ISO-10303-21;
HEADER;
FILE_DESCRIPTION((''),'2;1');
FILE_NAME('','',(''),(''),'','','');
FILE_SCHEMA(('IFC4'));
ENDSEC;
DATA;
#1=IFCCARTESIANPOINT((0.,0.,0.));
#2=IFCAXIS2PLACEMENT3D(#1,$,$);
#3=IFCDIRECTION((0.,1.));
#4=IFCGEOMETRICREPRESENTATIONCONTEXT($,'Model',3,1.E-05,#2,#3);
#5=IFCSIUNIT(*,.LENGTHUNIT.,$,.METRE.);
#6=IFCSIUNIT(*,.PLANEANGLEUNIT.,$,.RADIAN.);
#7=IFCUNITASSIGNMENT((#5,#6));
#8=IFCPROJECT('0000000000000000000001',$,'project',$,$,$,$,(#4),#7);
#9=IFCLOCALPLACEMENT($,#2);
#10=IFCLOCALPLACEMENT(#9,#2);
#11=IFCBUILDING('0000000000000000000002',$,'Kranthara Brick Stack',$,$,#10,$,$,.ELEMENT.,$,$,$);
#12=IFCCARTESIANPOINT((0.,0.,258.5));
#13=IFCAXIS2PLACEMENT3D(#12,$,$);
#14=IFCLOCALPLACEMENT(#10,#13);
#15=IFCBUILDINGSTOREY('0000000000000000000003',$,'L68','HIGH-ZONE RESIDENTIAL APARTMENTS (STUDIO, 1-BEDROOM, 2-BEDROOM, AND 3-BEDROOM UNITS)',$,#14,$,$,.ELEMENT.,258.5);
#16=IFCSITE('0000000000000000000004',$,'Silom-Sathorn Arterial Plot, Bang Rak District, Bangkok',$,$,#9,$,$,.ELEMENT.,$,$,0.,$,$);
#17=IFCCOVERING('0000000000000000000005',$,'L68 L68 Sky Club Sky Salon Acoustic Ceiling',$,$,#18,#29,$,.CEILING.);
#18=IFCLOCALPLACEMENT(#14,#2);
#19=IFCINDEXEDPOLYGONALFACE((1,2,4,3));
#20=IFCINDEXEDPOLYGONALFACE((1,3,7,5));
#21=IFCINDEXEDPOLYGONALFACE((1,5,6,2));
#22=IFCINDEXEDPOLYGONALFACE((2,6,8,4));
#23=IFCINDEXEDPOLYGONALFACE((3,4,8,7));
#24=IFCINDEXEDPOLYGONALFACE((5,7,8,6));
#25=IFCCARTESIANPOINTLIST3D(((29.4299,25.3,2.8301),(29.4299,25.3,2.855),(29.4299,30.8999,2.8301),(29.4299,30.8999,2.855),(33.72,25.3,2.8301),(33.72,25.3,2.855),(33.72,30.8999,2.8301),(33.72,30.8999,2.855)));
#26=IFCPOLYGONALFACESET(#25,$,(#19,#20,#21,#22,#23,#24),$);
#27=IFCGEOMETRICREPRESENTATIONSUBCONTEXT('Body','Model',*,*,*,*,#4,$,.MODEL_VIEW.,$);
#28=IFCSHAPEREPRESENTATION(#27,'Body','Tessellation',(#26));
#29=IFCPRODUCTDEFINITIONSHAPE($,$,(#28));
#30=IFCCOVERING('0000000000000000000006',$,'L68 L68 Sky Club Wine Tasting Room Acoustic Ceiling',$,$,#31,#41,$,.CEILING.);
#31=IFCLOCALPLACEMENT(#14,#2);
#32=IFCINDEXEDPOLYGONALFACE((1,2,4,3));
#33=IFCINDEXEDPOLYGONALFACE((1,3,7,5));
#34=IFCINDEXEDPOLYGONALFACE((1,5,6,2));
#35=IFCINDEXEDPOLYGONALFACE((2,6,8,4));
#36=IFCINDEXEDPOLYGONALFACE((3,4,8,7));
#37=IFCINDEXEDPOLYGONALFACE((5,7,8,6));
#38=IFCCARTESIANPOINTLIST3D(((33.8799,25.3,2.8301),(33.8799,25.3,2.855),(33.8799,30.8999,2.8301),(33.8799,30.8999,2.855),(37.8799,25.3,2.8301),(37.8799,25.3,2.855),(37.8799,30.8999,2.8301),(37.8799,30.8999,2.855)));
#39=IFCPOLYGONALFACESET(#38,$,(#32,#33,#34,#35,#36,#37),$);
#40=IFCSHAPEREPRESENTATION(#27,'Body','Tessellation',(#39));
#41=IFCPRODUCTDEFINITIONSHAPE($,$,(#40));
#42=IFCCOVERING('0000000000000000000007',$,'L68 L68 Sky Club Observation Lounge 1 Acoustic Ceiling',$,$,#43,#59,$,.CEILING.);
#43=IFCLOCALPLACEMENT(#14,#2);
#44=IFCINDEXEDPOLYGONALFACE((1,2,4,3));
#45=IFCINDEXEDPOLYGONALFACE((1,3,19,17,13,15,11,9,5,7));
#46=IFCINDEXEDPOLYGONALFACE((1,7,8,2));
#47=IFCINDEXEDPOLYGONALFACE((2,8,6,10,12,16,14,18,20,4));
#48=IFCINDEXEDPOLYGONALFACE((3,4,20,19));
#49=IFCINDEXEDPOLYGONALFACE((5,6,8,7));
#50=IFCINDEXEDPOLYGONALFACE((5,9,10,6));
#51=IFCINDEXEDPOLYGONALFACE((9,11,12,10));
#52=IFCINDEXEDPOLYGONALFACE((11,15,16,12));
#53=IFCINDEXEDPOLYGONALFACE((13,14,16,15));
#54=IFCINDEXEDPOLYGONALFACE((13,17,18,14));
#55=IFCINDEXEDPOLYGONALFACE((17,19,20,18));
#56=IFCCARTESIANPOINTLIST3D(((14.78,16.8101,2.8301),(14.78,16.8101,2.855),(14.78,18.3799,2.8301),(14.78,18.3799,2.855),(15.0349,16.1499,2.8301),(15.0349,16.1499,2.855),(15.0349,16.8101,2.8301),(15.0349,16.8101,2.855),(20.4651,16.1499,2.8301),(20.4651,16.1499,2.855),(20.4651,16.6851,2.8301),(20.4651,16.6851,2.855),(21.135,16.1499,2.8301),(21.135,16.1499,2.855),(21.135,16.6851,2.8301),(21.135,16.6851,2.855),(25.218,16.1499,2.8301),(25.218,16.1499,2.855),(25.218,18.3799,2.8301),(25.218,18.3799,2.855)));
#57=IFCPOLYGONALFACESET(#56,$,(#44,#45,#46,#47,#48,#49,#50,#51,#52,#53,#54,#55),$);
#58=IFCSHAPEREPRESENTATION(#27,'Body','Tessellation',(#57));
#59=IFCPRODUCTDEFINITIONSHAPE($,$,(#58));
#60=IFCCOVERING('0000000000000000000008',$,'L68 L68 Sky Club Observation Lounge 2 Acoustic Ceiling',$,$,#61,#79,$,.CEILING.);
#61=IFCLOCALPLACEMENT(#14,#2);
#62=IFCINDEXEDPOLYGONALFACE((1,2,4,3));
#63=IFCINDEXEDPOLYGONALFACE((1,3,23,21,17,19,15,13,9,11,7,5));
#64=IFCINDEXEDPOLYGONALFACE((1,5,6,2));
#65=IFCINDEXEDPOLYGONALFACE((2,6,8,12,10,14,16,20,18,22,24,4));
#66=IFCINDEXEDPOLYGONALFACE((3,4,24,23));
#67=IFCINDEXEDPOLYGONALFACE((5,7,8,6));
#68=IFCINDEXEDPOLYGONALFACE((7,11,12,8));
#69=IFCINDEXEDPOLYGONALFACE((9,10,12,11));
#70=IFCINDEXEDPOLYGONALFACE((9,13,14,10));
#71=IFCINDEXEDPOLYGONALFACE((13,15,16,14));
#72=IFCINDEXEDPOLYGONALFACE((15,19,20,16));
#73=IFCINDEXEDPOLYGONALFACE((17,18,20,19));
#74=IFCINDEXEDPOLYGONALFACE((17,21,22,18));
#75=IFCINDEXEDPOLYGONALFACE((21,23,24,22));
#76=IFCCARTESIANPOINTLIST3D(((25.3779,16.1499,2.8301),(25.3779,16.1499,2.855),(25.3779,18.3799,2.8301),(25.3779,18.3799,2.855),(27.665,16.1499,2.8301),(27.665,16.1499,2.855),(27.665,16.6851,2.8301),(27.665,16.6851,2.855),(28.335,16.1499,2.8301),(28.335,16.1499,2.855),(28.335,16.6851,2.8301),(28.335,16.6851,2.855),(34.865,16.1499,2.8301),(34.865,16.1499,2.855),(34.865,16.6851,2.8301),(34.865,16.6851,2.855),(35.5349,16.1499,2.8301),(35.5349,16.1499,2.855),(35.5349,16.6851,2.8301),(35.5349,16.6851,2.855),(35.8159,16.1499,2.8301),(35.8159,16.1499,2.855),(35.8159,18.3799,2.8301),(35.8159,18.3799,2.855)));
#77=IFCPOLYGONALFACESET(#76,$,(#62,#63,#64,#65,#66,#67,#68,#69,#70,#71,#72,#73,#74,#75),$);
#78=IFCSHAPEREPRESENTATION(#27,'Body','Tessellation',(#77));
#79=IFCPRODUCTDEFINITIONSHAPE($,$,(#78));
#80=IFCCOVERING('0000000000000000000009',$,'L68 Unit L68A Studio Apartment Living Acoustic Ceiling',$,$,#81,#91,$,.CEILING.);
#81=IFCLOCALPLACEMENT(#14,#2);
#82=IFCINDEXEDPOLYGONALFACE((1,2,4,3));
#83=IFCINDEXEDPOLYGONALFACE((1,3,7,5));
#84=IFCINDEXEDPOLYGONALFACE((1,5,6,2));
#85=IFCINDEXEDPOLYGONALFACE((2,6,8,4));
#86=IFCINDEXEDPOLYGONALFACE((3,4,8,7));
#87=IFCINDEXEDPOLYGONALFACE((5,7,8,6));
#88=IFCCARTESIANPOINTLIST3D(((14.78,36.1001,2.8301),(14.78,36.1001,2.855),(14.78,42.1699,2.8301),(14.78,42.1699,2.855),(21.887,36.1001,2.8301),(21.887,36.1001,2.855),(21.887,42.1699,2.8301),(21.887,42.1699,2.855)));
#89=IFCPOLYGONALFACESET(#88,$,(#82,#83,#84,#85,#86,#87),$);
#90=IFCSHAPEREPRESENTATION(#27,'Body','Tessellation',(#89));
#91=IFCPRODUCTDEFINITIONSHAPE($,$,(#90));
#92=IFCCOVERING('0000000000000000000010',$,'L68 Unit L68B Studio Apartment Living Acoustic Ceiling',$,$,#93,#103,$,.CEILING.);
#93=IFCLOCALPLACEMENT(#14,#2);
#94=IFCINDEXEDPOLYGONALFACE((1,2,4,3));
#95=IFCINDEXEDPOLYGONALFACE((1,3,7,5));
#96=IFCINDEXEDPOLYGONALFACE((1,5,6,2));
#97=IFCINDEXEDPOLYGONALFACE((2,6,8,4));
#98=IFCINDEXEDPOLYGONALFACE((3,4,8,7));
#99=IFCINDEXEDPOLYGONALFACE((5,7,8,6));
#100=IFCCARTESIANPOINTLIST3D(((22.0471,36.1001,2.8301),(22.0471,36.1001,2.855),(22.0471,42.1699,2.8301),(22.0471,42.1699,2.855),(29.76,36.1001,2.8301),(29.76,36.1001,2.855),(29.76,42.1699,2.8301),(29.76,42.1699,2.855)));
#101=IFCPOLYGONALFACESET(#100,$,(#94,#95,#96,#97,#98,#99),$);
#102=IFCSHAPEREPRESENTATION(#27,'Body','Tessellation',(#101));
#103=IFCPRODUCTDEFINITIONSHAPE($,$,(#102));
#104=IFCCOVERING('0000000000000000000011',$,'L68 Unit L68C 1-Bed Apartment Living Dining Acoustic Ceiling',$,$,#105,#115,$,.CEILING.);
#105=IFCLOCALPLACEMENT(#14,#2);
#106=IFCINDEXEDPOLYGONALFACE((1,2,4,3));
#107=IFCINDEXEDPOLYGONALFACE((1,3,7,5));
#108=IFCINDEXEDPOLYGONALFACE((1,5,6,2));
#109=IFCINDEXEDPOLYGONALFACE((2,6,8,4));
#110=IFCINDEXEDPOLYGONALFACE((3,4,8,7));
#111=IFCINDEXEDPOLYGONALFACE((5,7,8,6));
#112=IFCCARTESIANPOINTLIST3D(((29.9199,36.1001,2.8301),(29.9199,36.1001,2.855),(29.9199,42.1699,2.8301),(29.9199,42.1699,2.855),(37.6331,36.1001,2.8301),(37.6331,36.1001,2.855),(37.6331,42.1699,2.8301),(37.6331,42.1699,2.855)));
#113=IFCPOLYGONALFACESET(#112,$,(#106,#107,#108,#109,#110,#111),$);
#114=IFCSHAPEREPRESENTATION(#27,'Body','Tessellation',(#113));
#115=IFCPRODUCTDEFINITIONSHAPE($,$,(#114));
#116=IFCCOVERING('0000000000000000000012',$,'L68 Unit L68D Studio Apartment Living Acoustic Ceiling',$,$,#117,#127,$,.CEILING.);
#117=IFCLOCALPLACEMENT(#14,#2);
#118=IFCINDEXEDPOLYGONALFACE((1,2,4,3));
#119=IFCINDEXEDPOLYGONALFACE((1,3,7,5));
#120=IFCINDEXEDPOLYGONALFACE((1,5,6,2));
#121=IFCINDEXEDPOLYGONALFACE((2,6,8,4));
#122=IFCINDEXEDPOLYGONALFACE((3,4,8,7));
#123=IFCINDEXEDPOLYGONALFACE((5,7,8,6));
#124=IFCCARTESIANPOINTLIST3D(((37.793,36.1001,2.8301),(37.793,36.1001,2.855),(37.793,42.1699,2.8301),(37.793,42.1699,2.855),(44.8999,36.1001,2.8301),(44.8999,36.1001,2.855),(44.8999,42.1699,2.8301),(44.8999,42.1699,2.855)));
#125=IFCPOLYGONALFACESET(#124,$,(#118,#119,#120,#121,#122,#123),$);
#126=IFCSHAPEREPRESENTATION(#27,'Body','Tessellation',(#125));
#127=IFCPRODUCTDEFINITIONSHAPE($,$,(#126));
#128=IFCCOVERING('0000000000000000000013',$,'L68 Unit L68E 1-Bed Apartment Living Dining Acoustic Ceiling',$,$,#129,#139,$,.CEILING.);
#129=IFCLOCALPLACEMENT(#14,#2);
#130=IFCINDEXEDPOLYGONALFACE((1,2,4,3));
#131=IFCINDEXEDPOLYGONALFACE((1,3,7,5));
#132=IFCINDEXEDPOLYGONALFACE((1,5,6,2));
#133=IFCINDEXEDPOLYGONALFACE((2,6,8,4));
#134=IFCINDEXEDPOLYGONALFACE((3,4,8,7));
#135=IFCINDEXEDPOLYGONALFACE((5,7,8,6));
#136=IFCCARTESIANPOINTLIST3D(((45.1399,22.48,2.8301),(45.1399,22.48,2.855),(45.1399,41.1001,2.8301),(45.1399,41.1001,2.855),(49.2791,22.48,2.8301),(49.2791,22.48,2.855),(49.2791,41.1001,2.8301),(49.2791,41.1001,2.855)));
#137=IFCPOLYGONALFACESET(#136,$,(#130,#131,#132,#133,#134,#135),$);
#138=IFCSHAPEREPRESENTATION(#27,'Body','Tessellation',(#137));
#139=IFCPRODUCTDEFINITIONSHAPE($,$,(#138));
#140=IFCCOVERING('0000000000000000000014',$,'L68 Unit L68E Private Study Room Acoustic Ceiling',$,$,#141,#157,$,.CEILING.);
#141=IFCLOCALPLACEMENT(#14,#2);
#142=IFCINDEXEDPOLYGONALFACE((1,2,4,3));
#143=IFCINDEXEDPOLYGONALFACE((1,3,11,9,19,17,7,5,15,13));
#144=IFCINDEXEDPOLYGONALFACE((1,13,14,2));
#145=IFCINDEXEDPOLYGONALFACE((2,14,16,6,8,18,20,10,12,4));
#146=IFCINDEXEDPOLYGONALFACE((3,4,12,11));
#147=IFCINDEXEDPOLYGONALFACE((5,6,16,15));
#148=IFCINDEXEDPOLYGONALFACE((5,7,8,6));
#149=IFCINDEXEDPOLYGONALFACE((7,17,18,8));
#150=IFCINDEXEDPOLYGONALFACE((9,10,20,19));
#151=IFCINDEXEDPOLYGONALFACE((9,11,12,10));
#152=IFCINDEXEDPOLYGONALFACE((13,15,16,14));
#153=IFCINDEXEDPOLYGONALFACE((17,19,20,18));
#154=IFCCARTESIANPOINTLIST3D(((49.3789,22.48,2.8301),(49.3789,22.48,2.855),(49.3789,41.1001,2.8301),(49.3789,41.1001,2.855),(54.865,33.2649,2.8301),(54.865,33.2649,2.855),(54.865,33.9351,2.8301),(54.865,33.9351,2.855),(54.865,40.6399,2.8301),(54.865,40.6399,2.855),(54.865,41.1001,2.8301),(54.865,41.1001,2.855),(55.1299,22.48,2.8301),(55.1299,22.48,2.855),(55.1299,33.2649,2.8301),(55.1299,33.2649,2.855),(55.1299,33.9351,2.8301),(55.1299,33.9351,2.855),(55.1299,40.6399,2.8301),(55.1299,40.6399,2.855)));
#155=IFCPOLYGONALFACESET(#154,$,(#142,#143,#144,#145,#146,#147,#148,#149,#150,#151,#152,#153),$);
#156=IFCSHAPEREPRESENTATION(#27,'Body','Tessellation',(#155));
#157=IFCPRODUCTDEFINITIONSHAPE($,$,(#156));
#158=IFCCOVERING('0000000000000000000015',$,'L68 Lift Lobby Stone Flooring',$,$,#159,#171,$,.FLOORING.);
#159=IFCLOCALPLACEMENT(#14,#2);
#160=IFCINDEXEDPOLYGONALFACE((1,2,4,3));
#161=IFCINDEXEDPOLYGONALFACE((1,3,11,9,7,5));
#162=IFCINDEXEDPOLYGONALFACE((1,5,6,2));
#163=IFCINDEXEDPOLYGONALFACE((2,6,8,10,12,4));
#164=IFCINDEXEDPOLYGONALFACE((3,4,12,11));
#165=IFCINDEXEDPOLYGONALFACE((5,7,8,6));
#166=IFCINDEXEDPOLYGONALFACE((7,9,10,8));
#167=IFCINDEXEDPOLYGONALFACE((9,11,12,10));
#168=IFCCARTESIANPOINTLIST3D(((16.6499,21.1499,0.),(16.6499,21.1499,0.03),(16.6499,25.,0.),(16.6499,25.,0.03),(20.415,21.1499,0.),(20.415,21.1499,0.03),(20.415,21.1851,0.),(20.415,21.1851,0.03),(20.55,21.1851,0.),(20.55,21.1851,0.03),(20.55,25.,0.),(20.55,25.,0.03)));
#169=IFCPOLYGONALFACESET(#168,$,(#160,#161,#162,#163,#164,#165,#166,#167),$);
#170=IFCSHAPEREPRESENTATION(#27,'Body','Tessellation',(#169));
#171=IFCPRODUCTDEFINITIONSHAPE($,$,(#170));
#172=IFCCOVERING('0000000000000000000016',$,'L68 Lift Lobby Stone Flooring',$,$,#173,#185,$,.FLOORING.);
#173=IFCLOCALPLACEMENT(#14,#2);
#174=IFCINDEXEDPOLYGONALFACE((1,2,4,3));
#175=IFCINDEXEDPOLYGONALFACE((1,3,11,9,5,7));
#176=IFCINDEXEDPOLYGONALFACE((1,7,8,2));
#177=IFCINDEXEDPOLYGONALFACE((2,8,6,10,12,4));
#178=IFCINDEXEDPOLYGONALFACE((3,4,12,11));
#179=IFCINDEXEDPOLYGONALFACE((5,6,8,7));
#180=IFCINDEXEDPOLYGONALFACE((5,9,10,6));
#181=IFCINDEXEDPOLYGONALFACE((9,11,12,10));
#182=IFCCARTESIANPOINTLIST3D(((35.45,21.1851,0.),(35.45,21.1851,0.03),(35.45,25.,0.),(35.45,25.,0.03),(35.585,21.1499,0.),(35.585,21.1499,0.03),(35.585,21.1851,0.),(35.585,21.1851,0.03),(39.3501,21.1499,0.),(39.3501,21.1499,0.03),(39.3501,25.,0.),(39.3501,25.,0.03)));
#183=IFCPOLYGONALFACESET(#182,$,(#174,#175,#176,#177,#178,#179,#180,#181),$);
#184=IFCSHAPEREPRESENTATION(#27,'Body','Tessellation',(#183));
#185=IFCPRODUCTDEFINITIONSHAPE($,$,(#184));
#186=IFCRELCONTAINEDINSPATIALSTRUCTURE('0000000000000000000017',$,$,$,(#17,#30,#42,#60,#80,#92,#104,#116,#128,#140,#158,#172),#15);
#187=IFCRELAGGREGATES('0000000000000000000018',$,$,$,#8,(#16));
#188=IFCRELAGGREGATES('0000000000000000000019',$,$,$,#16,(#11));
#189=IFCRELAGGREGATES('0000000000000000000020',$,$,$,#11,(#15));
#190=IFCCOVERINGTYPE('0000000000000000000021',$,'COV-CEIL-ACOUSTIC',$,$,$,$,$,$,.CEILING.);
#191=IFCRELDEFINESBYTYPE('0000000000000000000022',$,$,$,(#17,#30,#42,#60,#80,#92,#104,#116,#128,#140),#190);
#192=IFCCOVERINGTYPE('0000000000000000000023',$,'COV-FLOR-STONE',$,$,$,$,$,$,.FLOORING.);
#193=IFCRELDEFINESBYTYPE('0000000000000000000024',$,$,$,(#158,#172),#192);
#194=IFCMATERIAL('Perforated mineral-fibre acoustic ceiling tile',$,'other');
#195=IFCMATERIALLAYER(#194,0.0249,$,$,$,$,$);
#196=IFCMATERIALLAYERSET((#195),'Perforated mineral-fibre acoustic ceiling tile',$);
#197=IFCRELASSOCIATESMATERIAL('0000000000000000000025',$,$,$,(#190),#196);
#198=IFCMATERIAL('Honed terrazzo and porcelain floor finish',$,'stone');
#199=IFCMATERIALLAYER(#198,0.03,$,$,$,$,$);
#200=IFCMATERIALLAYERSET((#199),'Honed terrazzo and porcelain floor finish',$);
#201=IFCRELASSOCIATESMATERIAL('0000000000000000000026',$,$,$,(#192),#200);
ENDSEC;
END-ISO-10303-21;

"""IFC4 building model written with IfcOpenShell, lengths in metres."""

from ifc_helpers import new_model, si_unit, direction, frame, origin, place, context, subcontext, project, spatial, polyline, outline, extrude, material, layer, layer_set, type_object, element, save


model = new_model("IFC4")

# Units and contexts
model_context = context("Model", 3, precision=1e-05, world=origin(), true_north=direction((0.0, 1.0)))
body_context = subcontext(model_context, "Body", "Model", "MODEL_VIEW")
ifc_project = project(units=[si_unit("LENGTHUNIT", "METRE"), si_unit("PLANEANGLEUNIT", "RADIAN")], contexts=[model_context])

# Site, building, storey
site_placement = place(None, origin())
site = spatial("IfcSite", under=ifc_project, at=site_placement, Name="Silom-Sathorn Arterial Plot, Bang Rak District, Bangkok", CompositionType="ELEMENT", RefElevation=0.0)
building_placement = place(site_placement, origin())
building = spatial("IfcBuilding", under=site, at=building_placement, Name="Kranthara Brick Stack", CompositionType="ELEMENT")
storey_placement = place(building_placement, frame((0.0, 0.0, 258.5)))
storey = spatial("IfcBuildingStorey", under=building, at=storey_placement, Name="L68", Description="HIGH-ZONE RESIDENTIAL APARTMENTS (STUDIO, 1-BEDROOM, 2-BEDROOM, AND 3-BEDROOM UNITS)", CompositionType="ELEMENT", Elevation=258.5)

# Coverings
ifc_material_1 = material(Name="Perforated mineral-fibre acoustic ceiling tile", Category="other")
ifc_layer_1 = layer(ifc_material_1, 0.0249)
ifc_layer_set_1 = layer_set([ifc_layer_1], Name="Perforated mineral-fibre acoustic ceiling tile")
covering_type_1 = type_object("IfcCoveringType", Name="COV-CEIL-ACOUSTIC", PredefinedType="CEILING", material=ifc_layer_set_1)
covering_1_placement = place(storey_placement, frame((0.0, 0.0, 2.8301)))
element("IfcCovering", 1, at=covering_1_placement, inside=storey, type_object=covering_type_1, Name="L68 L68 Sky Club Sky Salon Acoustic Ceiling", PredefinedType="CEILING", context=body_context, shape_type="SweptSolid", body=[
    extrude(outline(polyline([(33.72, 25.3), (33.72, 30.8999), (29.4299, 30.8999), (29.4299, 25.3), (33.72, 25.3)])), origin(), (0.0, 0.0, 1.0), 0.0249),
])
covering_2_placement = place(storey_placement, frame((0.0, 0.0, 2.8301)))
element("IfcCovering", 2, at=covering_2_placement, inside=storey, type_object=covering_type_1, Name="L68 L68 Sky Club Wine Tasting Room Acoustic Ceiling", PredefinedType="CEILING", context=body_context, shape_type="SweptSolid", body=[
    extrude(outline(polyline([(37.8799, 25.3), (37.8799, 30.8999), (33.8799, 30.8999), (33.8799, 25.3), (37.8799, 25.3)])), origin(), (0.0, 0.0, 1.0), 0.0249),
])
covering_3_placement = place(storey_placement, frame((0.0, 0.0, 2.8301)))
element("IfcCovering", 3, at=covering_3_placement, inside=storey, type_object=covering_type_1, Name="L68 L68 Sky Club Observation Lounge 1 Acoustic Ceiling", PredefinedType="CEILING", context=body_context, shape_type="SweptSolid", body=[
    extrude(outline(polyline([(25.218, 18.3799), (25.218, 16.1499), (21.135, 16.1499), (21.135, 16.6851), (20.4651, 16.6851), (20.4651, 16.1499), (15.0349, 16.1499), (15.0349, 16.8101), (14.78, 16.8101), (14.78, 18.3799), (25.218, 18.3799)])), origin(), (0.0, 0.0, 1.0), 0.0249),
])
covering_4_placement = place(storey_placement, frame((0.0, 0.0, 2.8301)))
element("IfcCovering", 4, at=covering_4_placement, inside=storey, type_object=covering_type_1, Name="L68 L68 Sky Club Observation Lounge 2 Acoustic Ceiling", PredefinedType="CEILING", context=body_context, shape_type="SweptSolid", body=[
    extrude(outline(polyline([(25.3779, 18.3799), (35.8159, 18.3799), (35.8159, 16.1499), (35.5349, 16.1499), (35.5349, 16.6851), (34.865, 16.6851), (34.865, 16.1499), (28.335, 16.1499), (28.335, 16.6851), (27.665, 16.6851), (27.665, 16.1499), (25.3779, 16.1499), (25.3779, 18.3799)])), origin(), (0.0, 0.0, 1.0), 0.0249),
])
covering_5_placement = place(storey_placement, frame((0.0, 0.0, 2.8301)))
element("IfcCovering", 5, at=covering_5_placement, inside=storey, type_object=covering_type_1, Name="L68 Unit L68A Studio Apartment Living Acoustic Ceiling", PredefinedType="CEILING", context=body_context, shape_type="SweptSolid", body=[
    extrude(outline(polyline([(21.887, 36.1001), (21.887, 42.1699), (14.78, 42.1699), (14.78, 36.1001), (21.887, 36.1001)])), origin(), (0.0, 0.0, 1.0), 0.0249),
])
covering_6_placement = place(storey_placement, frame((0.0, 0.0, 2.8301)))
element("IfcCovering", 6, at=covering_6_placement, inside=storey, type_object=covering_type_1, Name="L68 Unit L68B Studio Apartment Living Acoustic Ceiling", PredefinedType="CEILING", context=body_context, shape_type="SweptSolid", body=[
    extrude(outline(polyline([(29.76, 36.1001), (29.76, 42.1699), (22.0471, 42.1699), (22.0471, 36.1001), (29.76, 36.1001)])), origin(), (0.0, 0.0, 1.0), 0.0249),
])
covering_7_placement = place(storey_placement, frame((0.0, 0.0, 2.8301)))
element("IfcCovering", 7, at=covering_7_placement, inside=storey, type_object=covering_type_1, Name="L68 Unit L68C 1-Bed Apartment Living Dining Acoustic Ceiling", PredefinedType="CEILING", context=body_context, shape_type="SweptSolid", body=[
    extrude(outline(polyline([(37.6331, 36.1001), (37.6331, 42.1699), (29.9199, 42.1699), (29.9199, 36.1001), (37.6331, 36.1001)])), origin(), (0.0, 0.0, 1.0), 0.0249),
])
covering_8_placement = place(storey_placement, frame((0.0, 0.0, 2.8301)))
element("IfcCovering", 8, at=covering_8_placement, inside=storey, type_object=covering_type_1, Name="L68 Unit L68D Studio Apartment Living Acoustic Ceiling", PredefinedType="CEILING", context=body_context, shape_type="SweptSolid", body=[
    extrude(outline(polyline([(44.8999, 36.1001), (44.8999, 42.1699), (37.793, 42.1699), (37.793, 36.1001), (44.8999, 36.1001)])), origin(), (0.0, 0.0, 1.0), 0.0249),
])
covering_9_placement = place(storey_placement, frame((0.0, 0.0, 2.8301)))
element("IfcCovering", 9, at=covering_9_placement, inside=storey, type_object=covering_type_1, Name="L68 Unit L68E 1-Bed Apartment Living Dining Acoustic Ceiling", PredefinedType="CEILING", context=body_context, shape_type="SweptSolid", body=[
    extrude(outline(polyline([(49.2791, 22.48), (49.2791, 41.1001), (45.1399, 41.1001), (45.1399, 22.48), (49.2791, 22.48)])), origin(), (0.0, 0.0, 1.0), 0.0249),
])
covering_10_placement = place(storey_placement, frame((0.0, 0.0, 2.8301)))
element("IfcCovering", 10, at=covering_10_placement, inside=storey, type_object=covering_type_1, Name="L68 Unit L68E Private Study Room Acoustic Ceiling", PredefinedType="CEILING", context=body_context, shape_type="SweptSolid", body=[
    extrude(outline(polyline([(49.3789, 22.48), (49.3789, 41.1001), (54.865, 41.1001), (54.865, 40.6399), (55.1299, 40.6399), (55.1299, 33.9351), (54.865, 33.9351), (54.865, 33.2649), (55.1299, 33.2649), (55.1299, 22.48), (49.3789, 22.48)])), origin(), (0.0, 0.0, 1.0), 0.0249),
])
ifc_material_2 = material(Name="Honed terrazzo and porcelain floor finish", Category="stone")
ifc_layer_2 = layer(ifc_material_2, 0.03)
ifc_layer_set_2 = layer_set([ifc_layer_2], Name="Honed terrazzo and porcelain floor finish")
covering_type_2 = type_object("IfcCoveringType", Name="COV-FLOR-STONE", PredefinedType="FLOORING", material=ifc_layer_set_2)
covering_11_placement = place(storey_placement, origin())
element("IfcCovering", 11, at=covering_11_placement, inside=storey, type_object=covering_type_2, Name="L68 Lift Lobby Stone Flooring", PredefinedType="FLOORING", context=body_context, shape_type="SweptSolid", body=[
    extrude(outline(polyline([(16.6499, 21.1499), (16.6499, 25.0), (20.55, 25.0), (20.55, 21.1851), (20.415, 21.1851), (20.415, 21.1499), (16.6499, 21.1499)])), origin(), (0.0, 0.0, 1.0), 0.03),
])
covering_12_placement = place(storey_placement, origin())
element("IfcCovering", 12, at=covering_12_placement, inside=storey, type_object=covering_type_2, Name="L68 Lift Lobby Stone Flooring", PredefinedType="FLOORING", context=body_context, shape_type="SweptSolid", body=[
    extrude(outline(polyline([(35.45, 25.0), (39.3501, 25.0), (39.3501, 21.1499), (35.585, 21.1499), (35.585, 21.1851), (35.45, 21.1851), (35.45, 25.0)])), origin(), (0.0, 0.0, 1.0), 0.03),
])

save(model, "model.ifc")
